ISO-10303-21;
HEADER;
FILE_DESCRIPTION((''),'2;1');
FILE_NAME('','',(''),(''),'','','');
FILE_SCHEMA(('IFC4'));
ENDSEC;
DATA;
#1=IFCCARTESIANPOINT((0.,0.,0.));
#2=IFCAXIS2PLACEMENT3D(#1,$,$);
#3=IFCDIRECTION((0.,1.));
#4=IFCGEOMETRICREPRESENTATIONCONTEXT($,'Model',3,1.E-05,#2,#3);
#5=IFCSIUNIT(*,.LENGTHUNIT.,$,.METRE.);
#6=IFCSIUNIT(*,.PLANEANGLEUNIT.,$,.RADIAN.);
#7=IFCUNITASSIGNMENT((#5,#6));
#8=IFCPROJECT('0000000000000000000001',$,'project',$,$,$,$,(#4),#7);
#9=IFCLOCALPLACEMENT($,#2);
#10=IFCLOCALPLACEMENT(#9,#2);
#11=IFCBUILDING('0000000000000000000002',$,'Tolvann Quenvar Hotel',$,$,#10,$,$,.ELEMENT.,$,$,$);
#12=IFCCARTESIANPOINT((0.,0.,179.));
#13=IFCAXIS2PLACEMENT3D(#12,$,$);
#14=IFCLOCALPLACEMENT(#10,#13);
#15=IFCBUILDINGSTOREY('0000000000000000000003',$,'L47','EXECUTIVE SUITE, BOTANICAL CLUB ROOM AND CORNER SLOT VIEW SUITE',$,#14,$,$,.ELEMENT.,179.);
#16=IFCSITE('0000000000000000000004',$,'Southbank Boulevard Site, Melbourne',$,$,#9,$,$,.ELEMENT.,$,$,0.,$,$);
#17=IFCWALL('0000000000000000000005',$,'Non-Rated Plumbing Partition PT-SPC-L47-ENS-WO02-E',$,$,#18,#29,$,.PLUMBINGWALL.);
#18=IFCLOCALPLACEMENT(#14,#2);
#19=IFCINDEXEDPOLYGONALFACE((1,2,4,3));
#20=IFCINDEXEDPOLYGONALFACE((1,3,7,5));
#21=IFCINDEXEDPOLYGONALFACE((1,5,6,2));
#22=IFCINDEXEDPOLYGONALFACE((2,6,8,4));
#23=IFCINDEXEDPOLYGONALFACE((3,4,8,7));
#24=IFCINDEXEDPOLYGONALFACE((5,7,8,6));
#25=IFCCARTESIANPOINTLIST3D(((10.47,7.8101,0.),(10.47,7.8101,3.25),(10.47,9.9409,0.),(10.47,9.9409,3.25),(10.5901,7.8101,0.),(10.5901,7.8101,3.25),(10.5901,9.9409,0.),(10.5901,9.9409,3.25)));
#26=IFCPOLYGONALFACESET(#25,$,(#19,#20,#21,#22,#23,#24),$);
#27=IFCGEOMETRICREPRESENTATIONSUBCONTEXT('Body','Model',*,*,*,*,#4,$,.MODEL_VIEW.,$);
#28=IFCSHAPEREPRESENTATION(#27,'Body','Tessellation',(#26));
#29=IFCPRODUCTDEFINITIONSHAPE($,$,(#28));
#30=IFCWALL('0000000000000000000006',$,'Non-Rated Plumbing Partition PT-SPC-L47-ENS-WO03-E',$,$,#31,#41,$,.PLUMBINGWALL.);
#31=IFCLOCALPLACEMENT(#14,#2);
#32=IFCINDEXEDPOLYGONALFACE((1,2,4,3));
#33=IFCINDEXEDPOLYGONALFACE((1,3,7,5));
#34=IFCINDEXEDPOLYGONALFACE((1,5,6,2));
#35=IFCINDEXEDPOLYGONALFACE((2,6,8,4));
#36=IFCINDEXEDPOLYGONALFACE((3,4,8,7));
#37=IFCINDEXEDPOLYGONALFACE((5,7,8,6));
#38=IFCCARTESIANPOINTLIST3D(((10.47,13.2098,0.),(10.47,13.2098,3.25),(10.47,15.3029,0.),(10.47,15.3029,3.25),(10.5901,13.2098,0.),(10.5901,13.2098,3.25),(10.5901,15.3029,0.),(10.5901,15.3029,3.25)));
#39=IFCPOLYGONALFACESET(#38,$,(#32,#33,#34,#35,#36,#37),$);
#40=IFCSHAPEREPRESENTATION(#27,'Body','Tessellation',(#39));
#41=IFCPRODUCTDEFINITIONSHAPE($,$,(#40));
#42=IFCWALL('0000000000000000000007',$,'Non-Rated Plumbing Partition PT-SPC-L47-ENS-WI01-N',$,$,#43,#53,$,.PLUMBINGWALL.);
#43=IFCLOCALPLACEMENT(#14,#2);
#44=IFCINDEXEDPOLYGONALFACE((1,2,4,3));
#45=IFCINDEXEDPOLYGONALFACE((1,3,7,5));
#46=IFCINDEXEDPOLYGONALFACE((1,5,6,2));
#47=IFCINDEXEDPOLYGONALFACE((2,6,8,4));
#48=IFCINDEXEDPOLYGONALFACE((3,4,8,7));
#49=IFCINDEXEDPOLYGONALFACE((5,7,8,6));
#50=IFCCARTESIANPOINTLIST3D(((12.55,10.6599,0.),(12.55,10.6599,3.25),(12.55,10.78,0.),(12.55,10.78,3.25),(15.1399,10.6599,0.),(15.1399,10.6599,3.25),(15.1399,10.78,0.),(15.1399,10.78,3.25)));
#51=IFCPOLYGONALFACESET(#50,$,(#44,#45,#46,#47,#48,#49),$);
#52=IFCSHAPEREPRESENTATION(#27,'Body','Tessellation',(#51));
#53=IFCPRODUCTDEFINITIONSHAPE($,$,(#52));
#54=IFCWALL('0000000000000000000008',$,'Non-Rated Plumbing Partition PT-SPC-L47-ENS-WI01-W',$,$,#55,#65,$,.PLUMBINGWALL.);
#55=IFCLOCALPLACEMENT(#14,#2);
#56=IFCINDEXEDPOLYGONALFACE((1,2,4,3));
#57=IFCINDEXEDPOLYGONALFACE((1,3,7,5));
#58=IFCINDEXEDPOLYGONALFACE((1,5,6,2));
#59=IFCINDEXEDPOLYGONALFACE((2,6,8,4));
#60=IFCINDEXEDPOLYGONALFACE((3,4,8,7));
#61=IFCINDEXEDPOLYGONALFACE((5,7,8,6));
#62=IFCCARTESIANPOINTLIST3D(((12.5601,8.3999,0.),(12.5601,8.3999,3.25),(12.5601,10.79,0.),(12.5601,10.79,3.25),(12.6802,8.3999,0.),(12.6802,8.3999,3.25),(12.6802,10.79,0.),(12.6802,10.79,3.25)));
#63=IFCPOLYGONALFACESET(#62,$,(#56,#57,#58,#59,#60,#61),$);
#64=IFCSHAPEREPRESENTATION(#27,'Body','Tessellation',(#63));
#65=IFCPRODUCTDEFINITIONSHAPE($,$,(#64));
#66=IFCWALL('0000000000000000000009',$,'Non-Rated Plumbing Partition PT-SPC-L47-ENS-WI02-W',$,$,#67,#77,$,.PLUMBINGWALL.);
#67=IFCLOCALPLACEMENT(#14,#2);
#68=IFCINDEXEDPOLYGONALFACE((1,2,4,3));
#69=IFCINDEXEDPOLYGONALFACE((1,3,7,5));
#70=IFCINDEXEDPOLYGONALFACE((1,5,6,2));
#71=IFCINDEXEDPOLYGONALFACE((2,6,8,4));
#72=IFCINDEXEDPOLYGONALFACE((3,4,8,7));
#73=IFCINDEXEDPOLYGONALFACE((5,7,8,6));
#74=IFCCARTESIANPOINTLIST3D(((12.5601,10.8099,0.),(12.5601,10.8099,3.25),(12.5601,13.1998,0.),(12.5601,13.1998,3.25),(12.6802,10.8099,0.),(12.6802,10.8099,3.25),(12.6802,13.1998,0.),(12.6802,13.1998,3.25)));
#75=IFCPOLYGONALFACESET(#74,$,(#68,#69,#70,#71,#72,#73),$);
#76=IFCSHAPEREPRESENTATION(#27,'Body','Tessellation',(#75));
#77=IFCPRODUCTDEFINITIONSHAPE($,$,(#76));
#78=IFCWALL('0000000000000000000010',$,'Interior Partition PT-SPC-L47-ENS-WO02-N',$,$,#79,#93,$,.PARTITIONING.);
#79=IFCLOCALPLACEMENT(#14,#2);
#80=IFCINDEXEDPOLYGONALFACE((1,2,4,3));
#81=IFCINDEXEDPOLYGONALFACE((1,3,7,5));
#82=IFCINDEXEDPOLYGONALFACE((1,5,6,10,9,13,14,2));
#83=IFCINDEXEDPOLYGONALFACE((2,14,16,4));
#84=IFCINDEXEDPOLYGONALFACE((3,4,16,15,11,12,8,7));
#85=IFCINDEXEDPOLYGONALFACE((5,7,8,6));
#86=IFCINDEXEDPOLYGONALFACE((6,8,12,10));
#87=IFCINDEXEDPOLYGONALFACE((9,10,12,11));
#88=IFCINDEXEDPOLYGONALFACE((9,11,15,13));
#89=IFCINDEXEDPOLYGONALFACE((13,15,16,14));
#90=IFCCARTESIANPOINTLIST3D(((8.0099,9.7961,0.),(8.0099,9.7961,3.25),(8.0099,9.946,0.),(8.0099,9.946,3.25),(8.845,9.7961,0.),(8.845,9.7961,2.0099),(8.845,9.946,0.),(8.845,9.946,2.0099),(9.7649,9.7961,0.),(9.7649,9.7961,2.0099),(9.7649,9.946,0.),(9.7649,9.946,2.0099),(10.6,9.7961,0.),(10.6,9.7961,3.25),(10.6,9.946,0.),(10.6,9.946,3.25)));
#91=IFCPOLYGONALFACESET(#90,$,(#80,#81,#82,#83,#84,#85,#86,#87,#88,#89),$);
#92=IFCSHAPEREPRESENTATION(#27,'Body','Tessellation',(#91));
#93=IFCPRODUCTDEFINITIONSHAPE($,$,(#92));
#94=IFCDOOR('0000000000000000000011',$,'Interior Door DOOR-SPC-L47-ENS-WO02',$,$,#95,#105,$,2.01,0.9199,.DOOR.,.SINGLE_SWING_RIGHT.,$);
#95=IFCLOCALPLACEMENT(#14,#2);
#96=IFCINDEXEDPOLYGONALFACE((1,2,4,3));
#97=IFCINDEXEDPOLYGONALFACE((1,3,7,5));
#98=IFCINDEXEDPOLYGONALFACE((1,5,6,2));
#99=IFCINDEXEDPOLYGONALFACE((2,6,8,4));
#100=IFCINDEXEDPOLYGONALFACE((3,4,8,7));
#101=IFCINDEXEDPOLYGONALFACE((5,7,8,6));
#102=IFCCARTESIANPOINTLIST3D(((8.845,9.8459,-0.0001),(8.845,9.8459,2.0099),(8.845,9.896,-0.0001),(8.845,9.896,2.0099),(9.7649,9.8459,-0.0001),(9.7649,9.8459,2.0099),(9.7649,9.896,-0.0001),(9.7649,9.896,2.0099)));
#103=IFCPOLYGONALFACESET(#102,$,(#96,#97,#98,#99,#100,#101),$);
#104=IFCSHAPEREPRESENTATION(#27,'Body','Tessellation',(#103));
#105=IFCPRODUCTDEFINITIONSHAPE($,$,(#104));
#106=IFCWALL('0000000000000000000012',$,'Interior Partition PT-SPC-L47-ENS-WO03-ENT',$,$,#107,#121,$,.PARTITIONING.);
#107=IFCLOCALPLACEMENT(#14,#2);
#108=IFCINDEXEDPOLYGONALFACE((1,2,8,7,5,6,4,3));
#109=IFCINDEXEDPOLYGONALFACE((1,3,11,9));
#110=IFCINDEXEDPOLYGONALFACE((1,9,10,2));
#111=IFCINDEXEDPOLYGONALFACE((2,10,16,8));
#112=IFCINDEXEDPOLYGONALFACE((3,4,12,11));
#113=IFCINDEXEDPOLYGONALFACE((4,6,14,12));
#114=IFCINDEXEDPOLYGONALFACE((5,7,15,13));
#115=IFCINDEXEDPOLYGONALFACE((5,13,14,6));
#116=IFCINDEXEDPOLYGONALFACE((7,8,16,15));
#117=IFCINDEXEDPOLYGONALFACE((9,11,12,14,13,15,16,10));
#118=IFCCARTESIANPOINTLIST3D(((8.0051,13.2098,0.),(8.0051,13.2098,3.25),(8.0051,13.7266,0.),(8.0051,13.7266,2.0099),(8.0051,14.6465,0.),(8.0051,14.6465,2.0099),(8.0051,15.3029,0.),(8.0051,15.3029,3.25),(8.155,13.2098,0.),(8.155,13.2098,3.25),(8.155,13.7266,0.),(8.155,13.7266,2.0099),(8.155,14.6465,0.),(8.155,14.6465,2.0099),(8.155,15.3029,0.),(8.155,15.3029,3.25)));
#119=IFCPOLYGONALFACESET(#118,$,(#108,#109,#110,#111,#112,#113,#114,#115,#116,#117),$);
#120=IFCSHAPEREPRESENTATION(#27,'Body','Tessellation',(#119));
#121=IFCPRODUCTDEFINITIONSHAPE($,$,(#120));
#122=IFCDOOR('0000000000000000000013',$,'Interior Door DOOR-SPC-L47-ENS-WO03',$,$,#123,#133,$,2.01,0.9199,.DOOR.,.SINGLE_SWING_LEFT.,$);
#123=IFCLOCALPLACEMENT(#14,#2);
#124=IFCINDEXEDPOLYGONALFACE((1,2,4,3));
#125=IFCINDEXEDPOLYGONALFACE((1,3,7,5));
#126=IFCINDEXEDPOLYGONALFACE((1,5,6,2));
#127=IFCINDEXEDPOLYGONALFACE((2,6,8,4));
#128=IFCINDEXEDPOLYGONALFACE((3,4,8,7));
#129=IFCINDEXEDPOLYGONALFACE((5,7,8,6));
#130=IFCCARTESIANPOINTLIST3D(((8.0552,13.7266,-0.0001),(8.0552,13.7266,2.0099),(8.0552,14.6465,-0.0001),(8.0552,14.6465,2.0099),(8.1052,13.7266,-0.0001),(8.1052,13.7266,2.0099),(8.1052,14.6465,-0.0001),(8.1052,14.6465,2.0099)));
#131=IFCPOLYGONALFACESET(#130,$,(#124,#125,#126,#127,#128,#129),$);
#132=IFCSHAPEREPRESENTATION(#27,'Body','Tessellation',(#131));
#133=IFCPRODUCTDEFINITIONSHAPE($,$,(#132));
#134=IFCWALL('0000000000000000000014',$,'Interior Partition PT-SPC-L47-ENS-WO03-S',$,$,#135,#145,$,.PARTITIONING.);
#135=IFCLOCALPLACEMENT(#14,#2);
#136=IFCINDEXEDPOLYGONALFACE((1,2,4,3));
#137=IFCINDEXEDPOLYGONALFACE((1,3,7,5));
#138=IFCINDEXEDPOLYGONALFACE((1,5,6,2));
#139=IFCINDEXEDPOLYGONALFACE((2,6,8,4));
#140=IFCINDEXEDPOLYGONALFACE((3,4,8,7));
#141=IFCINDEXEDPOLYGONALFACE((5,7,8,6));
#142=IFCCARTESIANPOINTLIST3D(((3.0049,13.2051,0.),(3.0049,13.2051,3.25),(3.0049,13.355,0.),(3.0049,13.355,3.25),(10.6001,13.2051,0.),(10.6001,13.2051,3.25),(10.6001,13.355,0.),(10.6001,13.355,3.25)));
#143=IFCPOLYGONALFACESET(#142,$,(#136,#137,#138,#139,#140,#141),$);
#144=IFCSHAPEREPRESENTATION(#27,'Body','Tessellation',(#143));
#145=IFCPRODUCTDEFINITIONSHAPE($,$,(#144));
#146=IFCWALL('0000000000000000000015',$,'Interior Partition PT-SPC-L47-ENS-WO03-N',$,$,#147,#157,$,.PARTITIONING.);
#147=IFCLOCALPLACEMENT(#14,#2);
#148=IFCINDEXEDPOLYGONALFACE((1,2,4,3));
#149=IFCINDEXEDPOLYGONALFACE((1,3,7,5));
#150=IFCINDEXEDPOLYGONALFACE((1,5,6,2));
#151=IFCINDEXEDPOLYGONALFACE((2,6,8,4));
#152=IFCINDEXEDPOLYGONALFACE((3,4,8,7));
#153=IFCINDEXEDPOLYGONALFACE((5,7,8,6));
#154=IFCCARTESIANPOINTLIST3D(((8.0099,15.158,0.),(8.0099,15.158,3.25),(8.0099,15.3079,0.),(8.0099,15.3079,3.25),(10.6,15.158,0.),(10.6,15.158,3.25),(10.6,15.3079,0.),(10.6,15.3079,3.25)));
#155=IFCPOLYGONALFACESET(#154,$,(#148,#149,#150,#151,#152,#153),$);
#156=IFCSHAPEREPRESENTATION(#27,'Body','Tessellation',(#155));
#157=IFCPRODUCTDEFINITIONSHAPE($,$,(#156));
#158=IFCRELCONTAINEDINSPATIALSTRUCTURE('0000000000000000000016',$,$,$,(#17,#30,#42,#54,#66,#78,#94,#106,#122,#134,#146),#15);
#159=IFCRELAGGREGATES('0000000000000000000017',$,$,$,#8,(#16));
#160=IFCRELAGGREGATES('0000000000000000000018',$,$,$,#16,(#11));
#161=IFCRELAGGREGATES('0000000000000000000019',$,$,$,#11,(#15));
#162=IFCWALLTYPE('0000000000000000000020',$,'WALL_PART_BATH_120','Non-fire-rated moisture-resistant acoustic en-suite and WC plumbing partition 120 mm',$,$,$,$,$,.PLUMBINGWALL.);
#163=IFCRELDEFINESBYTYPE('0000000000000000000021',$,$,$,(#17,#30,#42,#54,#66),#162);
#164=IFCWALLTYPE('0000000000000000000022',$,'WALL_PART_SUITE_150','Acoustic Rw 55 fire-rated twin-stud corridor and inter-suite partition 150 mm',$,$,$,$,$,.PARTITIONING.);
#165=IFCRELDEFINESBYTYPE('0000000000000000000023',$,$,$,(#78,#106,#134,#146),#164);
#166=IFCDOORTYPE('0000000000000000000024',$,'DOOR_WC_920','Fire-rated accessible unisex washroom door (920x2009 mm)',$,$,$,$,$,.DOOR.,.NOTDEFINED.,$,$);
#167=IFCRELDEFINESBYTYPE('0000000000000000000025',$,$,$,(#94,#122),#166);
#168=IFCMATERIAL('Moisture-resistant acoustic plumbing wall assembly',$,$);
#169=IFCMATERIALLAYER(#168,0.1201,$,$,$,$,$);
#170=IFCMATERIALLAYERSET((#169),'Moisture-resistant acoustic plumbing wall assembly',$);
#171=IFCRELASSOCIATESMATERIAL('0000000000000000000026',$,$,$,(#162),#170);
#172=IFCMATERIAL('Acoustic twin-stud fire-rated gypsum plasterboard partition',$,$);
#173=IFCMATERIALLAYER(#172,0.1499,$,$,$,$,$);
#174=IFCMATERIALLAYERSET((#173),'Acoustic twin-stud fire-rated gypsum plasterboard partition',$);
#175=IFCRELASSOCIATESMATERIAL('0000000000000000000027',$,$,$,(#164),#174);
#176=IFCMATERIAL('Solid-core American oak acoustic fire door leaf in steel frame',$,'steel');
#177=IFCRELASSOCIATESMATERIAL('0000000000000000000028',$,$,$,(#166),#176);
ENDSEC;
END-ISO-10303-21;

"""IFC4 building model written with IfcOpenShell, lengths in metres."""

from ifc_helpers import new_model, si_unit, direction, frame, frame_2d, origin, place, context, subcontext, project, spatial, rectangle, extrude, source, transform, mapped, material, layer, layer_set, type_object, type_shapes, element, fill, save


model = new_model("IFC4")

# Units and contexts
model_context = context("Model", 3, precision=1e-05, world=origin(), true_north=direction((0.0, 1.0)))
body_context = subcontext(model_context, "Body", "Model", "MODEL_VIEW")
ifc_project = project(units=[si_unit("LENGTHUNIT", "METRE"), si_unit("PLANEANGLEUNIT", "RADIAN")], contexts=[model_context])

# Site, building, storey
site_placement = place(None, origin())
site = spatial("IfcSite", under=ifc_project, at=site_placement, Name="Southbank Boulevard Site, Melbourne", CompositionType="ELEMENT", RefElevation=0.0)
building_placement = place(site_placement, origin())
building = spatial("IfcBuilding", under=site, at=building_placement, Name="Tolvann Quenvar Hotel", CompositionType="ELEMENT")
storey_placement = place(building_placement, frame((0.0, 0.0, 179.0)))
storey = spatial("IfcBuildingStorey", under=building, at=storey_placement, Name="L47", Description="EXECUTIVE SUITE, BOTANICAL CLUB ROOM AND CORNER SLOT VIEW SUITE", CompositionType="ELEMENT", Elevation=179.0)

# Walls
ifc_material_1 = material(Name="Moisture-resistant acoustic plumbing wall assembly")
ifc_layer_1 = layer(ifc_material_1, 0.1201)
ifc_layer_set_1 = layer_set([ifc_layer_1], Name="Moisture-resistant acoustic plumbing wall assembly")
wall_type_1 = type_object("IfcWallType", Name="WALL_PART_BATH_120", Description="Non-fire-rated moisture-resistant acoustic en-suite and WC plumbing partition 120 mm", PredefinedType="PLUMBINGWALL", material=ifc_layer_set_1)
wall_1_placement = place(storey_placement, frame((10.53, 7.8101, 0.0), z_axis=(0.0, 0.0, 1.0), x_axis=(0.0, 1.0, 0.0)))
element("IfcWall", 1, at=wall_1_placement, inside=storey, type_object=wall_type_1, Name="Non-Rated Plumbing Partition PT-SPC-L47-ENS-WO02-E", PredefinedType="PLUMBINGWALL", context=body_context, shape_type="SweptSolid", body=[
    extrude(rectangle(XDim=2.1309, YDim=0.1201, at=frame_2d((1.0654, 0.0))), origin(), (0.0, 0.0, 1.0), 3.25),
])
wall_2_placement = place(storey_placement, frame((10.53, 13.21, 0.0), z_axis=(0.0, 0.0, 1.0), x_axis=(0.0, 1.0, 0.0)))
element("IfcWall", 2, at=wall_2_placement, inside=storey, type_object=wall_type_1, Name="Non-Rated Plumbing Partition PT-SPC-L47-ENS-WO03-E", PredefinedType="PLUMBINGWALL", context=body_context, shape_type="SweptSolid", body=[
    extrude(rectangle(XDim=2.093, YDim=0.1201, at=frame_2d((1.0464, 0.0))), origin(), (0.0, 0.0, 1.0), 3.25),
])
wall_3_placement = place(storey_placement, frame((12.55, 10.72, 0.0), z_axis=(0.0, 0.0, 1.0), x_axis=(1.0, 0.0, 0.0)))
element("IfcWall", 3, at=wall_3_placement, inside=storey, type_object=wall_type_1, Name="Non-Rated Plumbing Partition PT-SPC-L47-ENS-WI01-N", PredefinedType="PLUMBINGWALL", context=body_context, shape_type="SweptSolid", body=[
    extrude(rectangle(XDim=2.5898, YDim=0.1201, at=frame_2d((1.2949, 0.0))), origin(), (0.0, 0.0, 1.0), 3.25),
])
wall_4_placement = place(storey_placement, frame((12.6201, 8.3999, 0.0), z_axis=(0.0, 0.0, 1.0), x_axis=(0.0, 1.0, 0.0)))
element("IfcWall", 4, at=wall_4_placement, inside=storey, type_object=wall_type_1, Name="Non-Rated Plumbing Partition PT-SPC-L47-ENS-WI01-W", PredefinedType="PLUMBINGWALL", context=body_context, shape_type="SweptSolid", body=[
    extrude(rectangle(XDim=2.3901, YDim=0.1201, at=frame_2d((1.1951, 0.0))), origin(), (0.0, 0.0, 1.0), 3.25),
])
wall_5_placement = place(storey_placement, frame((12.6201, 10.8101, 0.0), z_axis=(0.0, 0.0, 1.0), x_axis=(0.0, 1.0, 0.0)))
element("IfcWall", 5, at=wall_5_placement, inside=storey, type_object=wall_type_1, Name="Non-Rated Plumbing Partition PT-SPC-L47-ENS-WI02-W", PredefinedType="PLUMBINGWALL", context=body_context, shape_type="SweptSolid", body=[
    extrude(rectangle(XDim=2.3899, YDim=0.1201, at=frame_2d((1.1948, 0.0))), origin(), (0.0, 0.0, 1.0), 3.25),
])

# Walls, openings, doors
ifc_material_2 = material(Name="Acoustic twin-stud fire-rated gypsum plasterboard partition")
ifc_layer_2 = layer(ifc_material_2, 0.1499)
ifc_layer_set_2 = layer_set([ifc_layer_2], Name="Acoustic twin-stud fire-rated gypsum plasterboard partition")
wall_type_2 = type_object("IfcWallType", Name="WALL_PART_SUITE_150", Description="Acoustic Rw 55 fire-rated twin-stud corridor and inter-suite partition 150 mm", PredefinedType="PARTITIONING", material=ifc_layer_set_2)
wall_6_placement = place(storey_placement, frame((8.01, 9.8711, 0.0), z_axis=(0.0, 0.0, 1.0), x_axis=(1.0, 0.0, 0.0)))
wall_6 = element("IfcWall", 6, at=wall_6_placement, inside=storey, type_object=wall_type_2, Name="Interior Partition PT-SPC-L47-ENS-WO02-N", PredefinedType="PARTITIONING", context=body_context, shape_type="SweptSolid", body=[
    extrude(rectangle(XDim=2.5901, YDim=0.1499, at=frame_2d((1.2949, 0.0))), origin(), (0.0, 0.0, 1.0), 3.25),
])
opening_1_placement = place(wall_6_placement, frame((0.835, 0.0, 0.0)))
opening_1 = element("IfcOpeningElement", 7, at=opening_1_placement, cuts=wall_6, PredefinedType="OPENING", context=body_context, shape_type="SweptSolid", body=[
    extrude(rectangle(XDim=0.9199, YDim=2.01, at=frame_2d((0.46, 1.0049))), frame((0.0, 0.085, 0.0), z_axis=(0.0, -1.0, 0.0), x_axis=(1.0, 0.0, 0.0)), (0.0, 0.0, 1.0), 0.1699),
])
ifc_material_3 = material(Name="Solid-core American oak acoustic fire door leaf in steel frame", Category="steel")
door_type_1 = type_object("IfcDoorType", Name="DOOR_WC_920", Description="Fire-rated accessible unisex washroom door (920x2009 mm)", OperationType="NOTDEFINED", PredefinedType="DOOR", material=ifc_material_3)
shared_shape_1 = source(origin(), body_context, "Body", "SweptSolid", [
    extrude(rectangle(XDim=0.9199, YDim=2.01, at=frame_2d((0.46, 1.0049))), frame((0.0, 0.0249, 0.0), z_axis=(0.0, -1.0, 0.0), x_axis=(1.0, 0.0, 0.0)), (0.0, 0.0, 1.0), 0.05),
])
type_shapes(door_type_1, [shared_shape_1])
door_1_placement = place(opening_1_placement, origin())
door_1 = element("IfcDoor", 8, at=door_1_placement, inside=storey, type_object=door_type_1, Name="Interior Door DOOR-SPC-L47-ENS-WO02", OperationType="SINGLE_SWING_RIGHT", OverallHeight=2.01, OverallWidth=0.9199, PredefinedType="DOOR", context=body_context, shape_type="MappedRepresentation", body=[
    mapped(shared_shape_1, transform((0.0, 0.0, 0.0), x_axis=(1.0, 0.0, 0.0), y_axis=(0.0, 1.0, 0.0), z_axis=(0.0, 0.0, 1.0), scale=1.0)),
])
fill(opening_1, door_1)
wall_7_placement = place(storey_placement, frame((8.0801, 13.21, 0.0), z_axis=(0.0, 0.0, 1.0), x_axis=(0.0, 1.0, 0.0)))
wall_7 = element("IfcWall", 9, at=wall_7_placement, inside=storey, type_object=wall_type_2, Name="Interior Partition PT-SPC-L47-ENS-WO03-ENT", PredefinedType="PARTITIONING", context=body_context, shape_type="SweptSolid", body=[
    extrude(rectangle(XDim=2.093, YDim=0.1499, at=frame_2d((1.0464, 0.0))), origin(), (0.0, 0.0, 1.0), 3.25),
])
opening_2_placement = place(wall_7_placement, frame((0.5166, 0.0, 0.0)))
opening_2 = element("IfcOpeningElement", 10, at=opening_2_placement, cuts=wall_7, PredefinedType="OPENING", context=body_context, shape_type="SweptSolid", body=[
    extrude(rectangle(XDim=0.9199, YDim=2.01, at=frame_2d((0.46, 1.0049))), frame((0.0, 0.085, 0.0), z_axis=(0.0, -1.0, 0.0), x_axis=(1.0, 0.0, 0.0)), (0.0, 0.0, 1.0), 0.1699),
])
door_2_placement = place(opening_2_placement, origin())
door_2 = element("IfcDoor", 11, at=door_2_placement, inside=storey, type_object=door_type_1, Name="Interior Door DOOR-SPC-L47-ENS-WO03", OperationType="SINGLE_SWING_LEFT", OverallHeight=2.01, OverallWidth=0.9199, PredefinedType="DOOR", context=body_context, shape_type="MappedRepresentation", body=[
    mapped(shared_shape_1, transform((0.0, 0.0, 0.0), x_axis=(1.0, 0.0, 0.0), y_axis=(0.0, 1.0, 0.0), z_axis=(0.0, 0.0, 1.0), scale=1.0)),
])
fill(opening_2, door_2)

# Walls
wall_8_placement = place(storey_placement, frame((3.0049, 13.28, 0.0), z_axis=(0.0, 0.0, 1.0), x_axis=(1.0, 0.0, 0.0)))
element("IfcWall", 12, at=wall_8_placement, inside=storey, type_object=wall_type_2, Name="Interior Partition PT-SPC-L47-ENS-WO03-S", PredefinedType="PARTITIONING", context=body_context, shape_type="SweptSolid", body=[
    extrude(rectangle(XDim=7.5952, YDim=0.1499, at=frame_2d((3.7976, 0.0))), origin(), (0.0, 0.0, 1.0), 3.25),
])
wall_9_placement = place(storey_placement, frame((8.01, 15.2329, 0.0), z_axis=(0.0, 0.0, 1.0), x_axis=(1.0, 0.0, 0.0)))
element("IfcWall", 13, at=wall_9_placement, inside=storey, type_object=wall_type_2, Name="Interior Partition PT-SPC-L47-ENS-WO03-N", PredefinedType="PARTITIONING", context=body_context, shape_type="SweptSolid", body=[
    extrude(rectangle(XDim=2.5901, YDim=0.1499, at=frame_2d((1.2949, 0.0))), origin(), (0.0, 0.0, 1.0), 3.25),
])

save(model, "model.ifc")
